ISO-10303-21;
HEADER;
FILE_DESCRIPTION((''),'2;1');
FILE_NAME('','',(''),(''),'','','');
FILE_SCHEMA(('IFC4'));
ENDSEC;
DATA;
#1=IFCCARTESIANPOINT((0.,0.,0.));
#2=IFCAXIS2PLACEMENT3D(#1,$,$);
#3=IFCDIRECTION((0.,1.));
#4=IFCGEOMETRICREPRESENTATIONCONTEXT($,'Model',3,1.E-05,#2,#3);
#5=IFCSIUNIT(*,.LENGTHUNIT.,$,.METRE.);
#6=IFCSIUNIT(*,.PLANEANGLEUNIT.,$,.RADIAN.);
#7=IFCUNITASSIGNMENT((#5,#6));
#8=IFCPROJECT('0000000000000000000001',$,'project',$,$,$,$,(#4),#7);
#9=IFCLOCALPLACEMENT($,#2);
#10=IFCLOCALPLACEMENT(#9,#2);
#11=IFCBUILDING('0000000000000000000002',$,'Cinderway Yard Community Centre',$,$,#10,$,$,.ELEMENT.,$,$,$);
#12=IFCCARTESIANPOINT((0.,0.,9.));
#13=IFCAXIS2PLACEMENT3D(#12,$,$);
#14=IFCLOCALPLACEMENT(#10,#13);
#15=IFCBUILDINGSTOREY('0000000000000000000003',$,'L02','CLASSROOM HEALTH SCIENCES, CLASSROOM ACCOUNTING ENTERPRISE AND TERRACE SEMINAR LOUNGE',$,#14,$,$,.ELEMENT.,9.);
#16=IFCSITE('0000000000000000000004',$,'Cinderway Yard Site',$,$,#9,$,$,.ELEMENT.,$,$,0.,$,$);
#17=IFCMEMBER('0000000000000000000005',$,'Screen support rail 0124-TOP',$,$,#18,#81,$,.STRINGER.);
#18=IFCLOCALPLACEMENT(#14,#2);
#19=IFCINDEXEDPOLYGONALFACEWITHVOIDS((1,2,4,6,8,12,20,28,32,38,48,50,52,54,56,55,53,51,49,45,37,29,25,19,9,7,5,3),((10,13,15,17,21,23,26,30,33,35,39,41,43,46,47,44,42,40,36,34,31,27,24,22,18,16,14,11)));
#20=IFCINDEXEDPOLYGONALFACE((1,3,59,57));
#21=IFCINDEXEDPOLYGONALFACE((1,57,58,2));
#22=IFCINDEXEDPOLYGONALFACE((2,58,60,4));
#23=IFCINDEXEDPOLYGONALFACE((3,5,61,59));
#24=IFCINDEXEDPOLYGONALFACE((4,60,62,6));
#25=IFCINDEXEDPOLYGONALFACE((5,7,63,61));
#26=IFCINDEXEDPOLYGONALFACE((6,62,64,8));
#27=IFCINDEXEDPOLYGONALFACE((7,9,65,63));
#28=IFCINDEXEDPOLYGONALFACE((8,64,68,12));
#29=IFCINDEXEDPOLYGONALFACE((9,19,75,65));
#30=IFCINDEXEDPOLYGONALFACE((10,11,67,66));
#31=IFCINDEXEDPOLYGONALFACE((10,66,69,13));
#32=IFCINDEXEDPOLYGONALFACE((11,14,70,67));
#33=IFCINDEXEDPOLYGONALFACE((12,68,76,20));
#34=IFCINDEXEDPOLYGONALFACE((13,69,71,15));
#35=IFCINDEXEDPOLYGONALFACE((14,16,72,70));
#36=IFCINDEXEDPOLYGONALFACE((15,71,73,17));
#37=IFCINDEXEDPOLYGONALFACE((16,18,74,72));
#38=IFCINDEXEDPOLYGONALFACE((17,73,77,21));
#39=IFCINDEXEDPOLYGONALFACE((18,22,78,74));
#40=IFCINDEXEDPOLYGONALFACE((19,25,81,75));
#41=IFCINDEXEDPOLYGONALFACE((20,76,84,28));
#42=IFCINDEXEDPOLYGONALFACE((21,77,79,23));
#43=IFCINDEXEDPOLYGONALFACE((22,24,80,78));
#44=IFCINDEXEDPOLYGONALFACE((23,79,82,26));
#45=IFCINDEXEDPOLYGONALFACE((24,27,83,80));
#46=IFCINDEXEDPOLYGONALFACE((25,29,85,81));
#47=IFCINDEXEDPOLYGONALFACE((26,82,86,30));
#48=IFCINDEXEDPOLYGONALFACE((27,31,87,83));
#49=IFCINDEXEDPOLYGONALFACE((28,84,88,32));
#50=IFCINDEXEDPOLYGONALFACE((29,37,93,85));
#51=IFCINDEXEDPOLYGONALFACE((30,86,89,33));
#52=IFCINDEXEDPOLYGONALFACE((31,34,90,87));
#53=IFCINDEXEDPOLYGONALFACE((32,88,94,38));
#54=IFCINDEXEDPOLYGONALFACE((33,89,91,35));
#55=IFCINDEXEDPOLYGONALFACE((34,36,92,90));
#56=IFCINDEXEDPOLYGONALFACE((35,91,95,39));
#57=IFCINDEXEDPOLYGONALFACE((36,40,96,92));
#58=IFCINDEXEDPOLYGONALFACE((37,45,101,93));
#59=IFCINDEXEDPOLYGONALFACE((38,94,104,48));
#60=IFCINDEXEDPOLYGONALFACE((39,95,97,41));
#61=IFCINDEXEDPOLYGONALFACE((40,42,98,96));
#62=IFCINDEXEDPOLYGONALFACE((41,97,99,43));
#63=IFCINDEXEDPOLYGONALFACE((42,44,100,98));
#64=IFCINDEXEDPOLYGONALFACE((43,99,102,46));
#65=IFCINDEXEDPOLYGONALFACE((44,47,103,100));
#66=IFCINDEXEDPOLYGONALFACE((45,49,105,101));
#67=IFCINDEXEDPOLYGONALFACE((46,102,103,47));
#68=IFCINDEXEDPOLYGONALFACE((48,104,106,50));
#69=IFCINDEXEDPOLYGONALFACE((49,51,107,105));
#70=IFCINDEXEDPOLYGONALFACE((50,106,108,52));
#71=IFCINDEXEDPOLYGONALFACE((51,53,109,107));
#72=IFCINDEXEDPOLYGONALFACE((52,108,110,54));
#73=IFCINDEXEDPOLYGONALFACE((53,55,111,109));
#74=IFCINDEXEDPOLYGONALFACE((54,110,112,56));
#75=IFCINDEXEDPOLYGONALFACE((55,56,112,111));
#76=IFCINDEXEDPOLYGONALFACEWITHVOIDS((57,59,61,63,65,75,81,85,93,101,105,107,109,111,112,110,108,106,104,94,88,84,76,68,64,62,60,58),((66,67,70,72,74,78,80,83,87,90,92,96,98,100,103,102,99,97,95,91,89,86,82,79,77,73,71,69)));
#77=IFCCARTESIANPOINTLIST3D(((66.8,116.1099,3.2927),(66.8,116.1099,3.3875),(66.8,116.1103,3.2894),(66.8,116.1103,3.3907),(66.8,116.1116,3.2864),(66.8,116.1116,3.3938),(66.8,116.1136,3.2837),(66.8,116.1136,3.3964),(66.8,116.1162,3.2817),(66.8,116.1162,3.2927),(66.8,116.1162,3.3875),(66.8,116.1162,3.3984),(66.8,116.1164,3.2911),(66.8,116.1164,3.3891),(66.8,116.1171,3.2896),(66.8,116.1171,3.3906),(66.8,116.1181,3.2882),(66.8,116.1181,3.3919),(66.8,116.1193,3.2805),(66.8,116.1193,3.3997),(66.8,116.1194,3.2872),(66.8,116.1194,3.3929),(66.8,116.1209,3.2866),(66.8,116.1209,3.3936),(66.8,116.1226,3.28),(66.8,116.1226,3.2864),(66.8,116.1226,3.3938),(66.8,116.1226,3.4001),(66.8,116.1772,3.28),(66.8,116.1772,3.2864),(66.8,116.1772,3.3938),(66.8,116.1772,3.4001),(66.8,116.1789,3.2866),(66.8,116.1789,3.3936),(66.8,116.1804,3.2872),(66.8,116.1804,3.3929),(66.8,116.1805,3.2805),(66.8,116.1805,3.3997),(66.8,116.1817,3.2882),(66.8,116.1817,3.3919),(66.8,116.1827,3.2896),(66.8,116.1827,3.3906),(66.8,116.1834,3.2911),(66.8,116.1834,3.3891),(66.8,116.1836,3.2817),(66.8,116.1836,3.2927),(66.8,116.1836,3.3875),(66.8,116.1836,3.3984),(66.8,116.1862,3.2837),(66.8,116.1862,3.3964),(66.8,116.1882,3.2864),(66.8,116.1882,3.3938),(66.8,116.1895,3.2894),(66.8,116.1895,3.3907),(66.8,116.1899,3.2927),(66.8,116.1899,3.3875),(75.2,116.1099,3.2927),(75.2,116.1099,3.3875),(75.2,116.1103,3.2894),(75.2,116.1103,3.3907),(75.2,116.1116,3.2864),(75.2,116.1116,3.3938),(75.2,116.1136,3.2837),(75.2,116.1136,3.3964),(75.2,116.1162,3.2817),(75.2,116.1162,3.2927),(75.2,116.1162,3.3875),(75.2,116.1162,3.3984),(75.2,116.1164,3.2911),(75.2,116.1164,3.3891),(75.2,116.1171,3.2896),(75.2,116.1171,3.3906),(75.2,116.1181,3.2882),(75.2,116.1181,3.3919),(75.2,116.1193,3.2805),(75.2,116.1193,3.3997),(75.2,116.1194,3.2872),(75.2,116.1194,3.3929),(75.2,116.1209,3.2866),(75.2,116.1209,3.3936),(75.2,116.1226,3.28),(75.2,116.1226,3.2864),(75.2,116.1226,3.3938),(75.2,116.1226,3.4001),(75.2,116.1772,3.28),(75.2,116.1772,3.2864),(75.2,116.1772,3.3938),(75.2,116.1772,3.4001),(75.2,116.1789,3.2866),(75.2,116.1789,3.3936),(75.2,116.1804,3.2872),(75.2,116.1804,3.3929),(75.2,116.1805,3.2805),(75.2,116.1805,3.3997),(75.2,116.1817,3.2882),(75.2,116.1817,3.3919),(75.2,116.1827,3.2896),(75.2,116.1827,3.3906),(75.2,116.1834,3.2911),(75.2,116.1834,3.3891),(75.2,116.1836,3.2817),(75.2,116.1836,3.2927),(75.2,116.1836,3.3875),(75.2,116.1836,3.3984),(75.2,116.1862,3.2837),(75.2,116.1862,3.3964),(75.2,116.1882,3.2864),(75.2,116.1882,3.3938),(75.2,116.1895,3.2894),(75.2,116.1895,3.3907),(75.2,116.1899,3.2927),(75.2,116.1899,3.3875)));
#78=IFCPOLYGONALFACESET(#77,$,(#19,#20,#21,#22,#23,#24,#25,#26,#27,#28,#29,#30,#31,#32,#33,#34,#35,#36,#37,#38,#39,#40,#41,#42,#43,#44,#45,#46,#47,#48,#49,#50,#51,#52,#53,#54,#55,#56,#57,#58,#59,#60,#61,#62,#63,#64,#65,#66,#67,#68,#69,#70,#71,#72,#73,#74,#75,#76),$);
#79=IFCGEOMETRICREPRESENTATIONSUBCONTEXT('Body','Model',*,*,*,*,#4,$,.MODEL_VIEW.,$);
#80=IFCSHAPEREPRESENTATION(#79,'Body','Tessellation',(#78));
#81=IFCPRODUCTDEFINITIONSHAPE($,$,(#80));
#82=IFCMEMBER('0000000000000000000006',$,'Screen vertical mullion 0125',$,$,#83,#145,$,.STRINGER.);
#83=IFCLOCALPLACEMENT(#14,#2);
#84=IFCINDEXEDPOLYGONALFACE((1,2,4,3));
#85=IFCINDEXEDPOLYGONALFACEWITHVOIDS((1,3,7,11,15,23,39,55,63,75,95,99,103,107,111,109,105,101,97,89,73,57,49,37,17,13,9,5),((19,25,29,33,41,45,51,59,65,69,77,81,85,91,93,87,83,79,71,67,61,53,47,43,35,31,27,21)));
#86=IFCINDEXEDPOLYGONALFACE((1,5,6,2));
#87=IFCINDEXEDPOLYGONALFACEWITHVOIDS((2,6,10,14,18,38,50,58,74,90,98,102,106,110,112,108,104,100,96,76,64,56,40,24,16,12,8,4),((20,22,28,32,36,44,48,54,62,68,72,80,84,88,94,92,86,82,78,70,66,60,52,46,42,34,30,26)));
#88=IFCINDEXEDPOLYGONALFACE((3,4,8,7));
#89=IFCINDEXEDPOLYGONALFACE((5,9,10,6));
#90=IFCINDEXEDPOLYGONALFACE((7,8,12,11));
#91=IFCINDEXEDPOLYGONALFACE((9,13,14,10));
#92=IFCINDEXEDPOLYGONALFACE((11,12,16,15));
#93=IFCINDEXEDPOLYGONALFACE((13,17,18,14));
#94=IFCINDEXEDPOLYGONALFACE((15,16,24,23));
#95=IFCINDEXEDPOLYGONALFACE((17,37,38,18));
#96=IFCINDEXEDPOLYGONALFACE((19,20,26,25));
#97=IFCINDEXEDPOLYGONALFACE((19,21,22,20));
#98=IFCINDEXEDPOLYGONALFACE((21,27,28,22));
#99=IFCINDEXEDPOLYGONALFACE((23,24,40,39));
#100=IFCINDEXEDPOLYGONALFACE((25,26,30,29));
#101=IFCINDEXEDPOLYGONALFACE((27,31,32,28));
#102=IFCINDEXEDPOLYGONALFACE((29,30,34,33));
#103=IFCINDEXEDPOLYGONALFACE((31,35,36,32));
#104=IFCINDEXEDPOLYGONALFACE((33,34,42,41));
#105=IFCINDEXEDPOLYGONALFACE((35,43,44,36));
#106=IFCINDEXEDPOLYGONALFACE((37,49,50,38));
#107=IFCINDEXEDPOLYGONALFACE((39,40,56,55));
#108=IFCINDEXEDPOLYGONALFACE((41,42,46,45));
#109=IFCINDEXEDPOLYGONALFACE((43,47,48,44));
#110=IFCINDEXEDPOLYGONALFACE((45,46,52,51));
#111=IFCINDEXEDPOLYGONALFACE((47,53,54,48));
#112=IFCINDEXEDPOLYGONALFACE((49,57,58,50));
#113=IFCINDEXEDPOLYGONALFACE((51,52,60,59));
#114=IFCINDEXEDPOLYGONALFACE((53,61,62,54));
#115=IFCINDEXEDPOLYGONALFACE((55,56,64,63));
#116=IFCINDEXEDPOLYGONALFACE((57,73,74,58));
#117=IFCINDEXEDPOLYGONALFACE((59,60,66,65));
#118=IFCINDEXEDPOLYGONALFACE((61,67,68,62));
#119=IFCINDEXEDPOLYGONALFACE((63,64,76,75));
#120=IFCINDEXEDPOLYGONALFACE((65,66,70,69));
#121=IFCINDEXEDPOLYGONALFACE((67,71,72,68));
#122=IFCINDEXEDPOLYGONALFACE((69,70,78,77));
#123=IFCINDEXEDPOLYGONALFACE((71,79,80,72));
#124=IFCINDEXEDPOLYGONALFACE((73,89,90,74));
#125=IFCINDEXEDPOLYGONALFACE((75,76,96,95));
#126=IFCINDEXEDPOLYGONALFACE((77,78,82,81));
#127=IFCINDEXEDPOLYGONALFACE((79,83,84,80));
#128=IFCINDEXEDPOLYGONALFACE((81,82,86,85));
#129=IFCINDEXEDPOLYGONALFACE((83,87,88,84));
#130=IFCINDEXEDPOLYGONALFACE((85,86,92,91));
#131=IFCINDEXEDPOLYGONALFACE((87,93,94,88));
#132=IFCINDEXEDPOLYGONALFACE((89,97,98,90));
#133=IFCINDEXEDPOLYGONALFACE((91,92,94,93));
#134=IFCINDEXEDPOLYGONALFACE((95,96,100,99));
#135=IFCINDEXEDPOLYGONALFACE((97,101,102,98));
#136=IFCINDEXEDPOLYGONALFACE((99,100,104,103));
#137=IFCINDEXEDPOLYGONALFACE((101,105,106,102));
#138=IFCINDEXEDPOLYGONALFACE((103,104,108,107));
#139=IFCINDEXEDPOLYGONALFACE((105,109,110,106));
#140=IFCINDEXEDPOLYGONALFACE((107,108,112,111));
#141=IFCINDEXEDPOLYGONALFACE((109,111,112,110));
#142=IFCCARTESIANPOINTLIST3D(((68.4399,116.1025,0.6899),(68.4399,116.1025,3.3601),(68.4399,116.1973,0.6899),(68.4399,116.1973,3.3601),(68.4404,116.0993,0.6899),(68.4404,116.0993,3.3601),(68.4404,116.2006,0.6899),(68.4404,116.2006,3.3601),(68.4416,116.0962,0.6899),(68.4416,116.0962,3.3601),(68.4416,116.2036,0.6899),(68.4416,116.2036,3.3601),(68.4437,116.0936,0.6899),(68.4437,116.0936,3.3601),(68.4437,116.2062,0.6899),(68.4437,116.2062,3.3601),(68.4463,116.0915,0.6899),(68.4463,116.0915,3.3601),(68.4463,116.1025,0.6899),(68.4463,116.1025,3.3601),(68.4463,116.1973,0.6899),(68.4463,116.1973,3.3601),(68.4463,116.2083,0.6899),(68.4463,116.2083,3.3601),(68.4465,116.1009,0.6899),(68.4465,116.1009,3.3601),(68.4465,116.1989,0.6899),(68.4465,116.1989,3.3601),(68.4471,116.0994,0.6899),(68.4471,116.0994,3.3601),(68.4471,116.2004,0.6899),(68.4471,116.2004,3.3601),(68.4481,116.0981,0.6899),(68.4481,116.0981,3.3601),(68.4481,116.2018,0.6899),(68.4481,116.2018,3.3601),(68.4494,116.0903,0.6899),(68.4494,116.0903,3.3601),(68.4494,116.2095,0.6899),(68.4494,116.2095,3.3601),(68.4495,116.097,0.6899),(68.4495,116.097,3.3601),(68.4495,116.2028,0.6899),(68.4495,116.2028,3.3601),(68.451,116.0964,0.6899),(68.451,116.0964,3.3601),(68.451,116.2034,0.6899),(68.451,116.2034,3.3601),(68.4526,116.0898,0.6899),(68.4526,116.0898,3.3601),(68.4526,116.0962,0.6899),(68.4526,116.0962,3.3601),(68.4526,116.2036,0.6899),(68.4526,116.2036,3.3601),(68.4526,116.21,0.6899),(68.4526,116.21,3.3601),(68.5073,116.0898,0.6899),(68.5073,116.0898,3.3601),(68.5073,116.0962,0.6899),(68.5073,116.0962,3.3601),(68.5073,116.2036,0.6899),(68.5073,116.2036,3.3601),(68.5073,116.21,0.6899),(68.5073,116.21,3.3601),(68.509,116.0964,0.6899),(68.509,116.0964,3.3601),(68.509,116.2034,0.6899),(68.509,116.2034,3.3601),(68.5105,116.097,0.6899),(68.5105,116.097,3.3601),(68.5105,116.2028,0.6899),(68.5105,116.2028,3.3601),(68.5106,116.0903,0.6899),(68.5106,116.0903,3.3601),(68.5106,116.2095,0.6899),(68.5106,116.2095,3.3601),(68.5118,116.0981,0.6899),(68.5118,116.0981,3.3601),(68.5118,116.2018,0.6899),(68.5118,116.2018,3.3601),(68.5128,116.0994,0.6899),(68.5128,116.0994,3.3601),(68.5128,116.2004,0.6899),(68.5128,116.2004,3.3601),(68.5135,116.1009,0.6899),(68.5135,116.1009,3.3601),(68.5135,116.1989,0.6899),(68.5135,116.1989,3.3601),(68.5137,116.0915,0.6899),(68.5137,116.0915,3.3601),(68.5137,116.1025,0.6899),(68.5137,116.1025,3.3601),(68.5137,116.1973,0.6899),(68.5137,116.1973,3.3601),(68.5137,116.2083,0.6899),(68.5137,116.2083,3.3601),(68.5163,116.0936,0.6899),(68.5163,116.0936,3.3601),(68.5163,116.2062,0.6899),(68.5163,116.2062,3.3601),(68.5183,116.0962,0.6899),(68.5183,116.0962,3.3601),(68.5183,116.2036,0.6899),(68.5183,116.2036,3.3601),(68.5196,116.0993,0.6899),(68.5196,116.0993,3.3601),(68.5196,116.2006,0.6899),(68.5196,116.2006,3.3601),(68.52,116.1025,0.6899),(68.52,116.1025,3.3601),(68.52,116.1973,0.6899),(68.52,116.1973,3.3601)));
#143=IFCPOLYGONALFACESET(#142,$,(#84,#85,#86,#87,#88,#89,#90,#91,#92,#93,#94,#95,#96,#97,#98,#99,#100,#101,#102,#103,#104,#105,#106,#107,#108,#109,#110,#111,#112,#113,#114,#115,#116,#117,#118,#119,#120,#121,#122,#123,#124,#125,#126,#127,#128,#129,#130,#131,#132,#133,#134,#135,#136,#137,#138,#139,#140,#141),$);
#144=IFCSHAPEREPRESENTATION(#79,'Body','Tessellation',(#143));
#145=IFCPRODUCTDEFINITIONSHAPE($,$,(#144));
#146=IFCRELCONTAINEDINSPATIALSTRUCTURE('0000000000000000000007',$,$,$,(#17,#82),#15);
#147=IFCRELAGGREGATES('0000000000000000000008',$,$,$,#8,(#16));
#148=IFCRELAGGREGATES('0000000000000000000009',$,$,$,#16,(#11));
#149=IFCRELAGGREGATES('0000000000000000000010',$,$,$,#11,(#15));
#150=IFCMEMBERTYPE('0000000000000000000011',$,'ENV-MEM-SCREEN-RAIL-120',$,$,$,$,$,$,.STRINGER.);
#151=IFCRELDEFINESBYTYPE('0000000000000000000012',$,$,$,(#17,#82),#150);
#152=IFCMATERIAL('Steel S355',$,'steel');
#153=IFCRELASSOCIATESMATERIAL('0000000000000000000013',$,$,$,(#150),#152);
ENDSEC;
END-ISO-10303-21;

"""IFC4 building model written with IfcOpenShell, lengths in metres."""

from ifc_helpers import new_model, si_unit, direction, frame, origin, origin_2d, place, context, subcontext, project, spatial, hollow_rectangle, extrude, material, material_profile, profile_set, type_object, element, save


model = new_model("IFC4")

# Units and contexts
model_context = context("Model", 3, precision=1e-05, world=origin(), true_north=direction((0.0, 1.0)))
body_context = subcontext(model_context, "Body", "Model", "MODEL_VIEW")
ifc_project = project(units=[si_unit("LENGTHUNIT", "METRE"), si_unit("PLANEANGLEUNIT", "RADIAN")], contexts=[model_context])

# Site, building, storey
site_placement = place(None, origin())
site = spatial("IfcSite", under=ifc_project, at=site_placement, Name="Cinderway Yard Site", CompositionType="ELEMENT", RefElevation=0.0)
building_placement = place(site_placement, origin())
building = spatial("IfcBuilding", under=site, at=building_placement, Name="Cinderway Yard Community Centre", CompositionType="ELEMENT")
storey_placement = place(building_placement, frame((0.0, 0.0, 9.0)))
storey = spatial("IfcBuildingStorey", under=building, at=storey_placement, Name="L02", Description="CLASSROOM HEALTH SCIENCES, CLASSROOM ACCOUNTING ENTERPRISE AND TERRACE SEMINAR LOUNGE", CompositionType="ELEMENT", Elevation=9.0)

# Members
ifc_material_1 = material(Name="Steel S355", Category="steel")
ifc_material_profile = material_profile(ifc_material_1, hollow_rectangle(XDim=0.0801, YDim=0.1201, WallThickness=0.0063, InnerFilletRadius=0.0063, OuterFilletRadius=0.0127, at=origin_2d()), Name="Steel S355")
ifc_profile_set = profile_set([ifc_material_profile], Name="Steel S355")
member_type = type_object("IfcMemberType", Name="ENV-MEM-SCREEN-RAIL-120", PredefinedType="STRINGER", material=ifc_profile_set)
for number, where, z_axis, x_axis, name in (
    (1, (66.8, 116.1499, 3.3401), (1.0, 0.0, 0.0), (0.0, 1.0, 0.0), "Screen support rail 0124-TOP"),
):
    element("IfcMember", number, at=place(storey_placement, frame(where, z_axis=z_axis, x_axis=x_axis)), inside=storey, type_object=member_type, Name=name, PredefinedType="STRINGER", context=body_context, shape_type="SweptSolid", body=[
        extrude(hollow_rectangle(XDim=0.0801, YDim=0.1201, WallThickness=0.0063, InnerFilletRadius=0.0063, OuterFilletRadius=0.0127, at=origin_2d()), origin(), (0.0, 0.0, 1.0), 8.3999),
    ])
for number, where, z_axis, x_axis, name in (
    (2, (68.48, 116.1499, 0.6899), (0.0, 0.0, 1.0), (1.0, 0.0, 0.0), "Screen vertical mullion 0125"),
):
    element("IfcMember", number, at=place(storey_placement, frame(where, z_axis=z_axis, x_axis=x_axis)), inside=storey, type_object=member_type, Name=name, PredefinedType="STRINGER", context=body_context, shape_type="SweptSolid", body=[
        extrude(hollow_rectangle(XDim=0.0801, YDim=0.1201, WallThickness=0.0063, InnerFilletRadius=0.0063, OuterFilletRadius=0.0127, at=origin_2d()), origin(), (0.0, 0.0, 1.0), 2.6702),
    ])

save(model, "model.ifc")
